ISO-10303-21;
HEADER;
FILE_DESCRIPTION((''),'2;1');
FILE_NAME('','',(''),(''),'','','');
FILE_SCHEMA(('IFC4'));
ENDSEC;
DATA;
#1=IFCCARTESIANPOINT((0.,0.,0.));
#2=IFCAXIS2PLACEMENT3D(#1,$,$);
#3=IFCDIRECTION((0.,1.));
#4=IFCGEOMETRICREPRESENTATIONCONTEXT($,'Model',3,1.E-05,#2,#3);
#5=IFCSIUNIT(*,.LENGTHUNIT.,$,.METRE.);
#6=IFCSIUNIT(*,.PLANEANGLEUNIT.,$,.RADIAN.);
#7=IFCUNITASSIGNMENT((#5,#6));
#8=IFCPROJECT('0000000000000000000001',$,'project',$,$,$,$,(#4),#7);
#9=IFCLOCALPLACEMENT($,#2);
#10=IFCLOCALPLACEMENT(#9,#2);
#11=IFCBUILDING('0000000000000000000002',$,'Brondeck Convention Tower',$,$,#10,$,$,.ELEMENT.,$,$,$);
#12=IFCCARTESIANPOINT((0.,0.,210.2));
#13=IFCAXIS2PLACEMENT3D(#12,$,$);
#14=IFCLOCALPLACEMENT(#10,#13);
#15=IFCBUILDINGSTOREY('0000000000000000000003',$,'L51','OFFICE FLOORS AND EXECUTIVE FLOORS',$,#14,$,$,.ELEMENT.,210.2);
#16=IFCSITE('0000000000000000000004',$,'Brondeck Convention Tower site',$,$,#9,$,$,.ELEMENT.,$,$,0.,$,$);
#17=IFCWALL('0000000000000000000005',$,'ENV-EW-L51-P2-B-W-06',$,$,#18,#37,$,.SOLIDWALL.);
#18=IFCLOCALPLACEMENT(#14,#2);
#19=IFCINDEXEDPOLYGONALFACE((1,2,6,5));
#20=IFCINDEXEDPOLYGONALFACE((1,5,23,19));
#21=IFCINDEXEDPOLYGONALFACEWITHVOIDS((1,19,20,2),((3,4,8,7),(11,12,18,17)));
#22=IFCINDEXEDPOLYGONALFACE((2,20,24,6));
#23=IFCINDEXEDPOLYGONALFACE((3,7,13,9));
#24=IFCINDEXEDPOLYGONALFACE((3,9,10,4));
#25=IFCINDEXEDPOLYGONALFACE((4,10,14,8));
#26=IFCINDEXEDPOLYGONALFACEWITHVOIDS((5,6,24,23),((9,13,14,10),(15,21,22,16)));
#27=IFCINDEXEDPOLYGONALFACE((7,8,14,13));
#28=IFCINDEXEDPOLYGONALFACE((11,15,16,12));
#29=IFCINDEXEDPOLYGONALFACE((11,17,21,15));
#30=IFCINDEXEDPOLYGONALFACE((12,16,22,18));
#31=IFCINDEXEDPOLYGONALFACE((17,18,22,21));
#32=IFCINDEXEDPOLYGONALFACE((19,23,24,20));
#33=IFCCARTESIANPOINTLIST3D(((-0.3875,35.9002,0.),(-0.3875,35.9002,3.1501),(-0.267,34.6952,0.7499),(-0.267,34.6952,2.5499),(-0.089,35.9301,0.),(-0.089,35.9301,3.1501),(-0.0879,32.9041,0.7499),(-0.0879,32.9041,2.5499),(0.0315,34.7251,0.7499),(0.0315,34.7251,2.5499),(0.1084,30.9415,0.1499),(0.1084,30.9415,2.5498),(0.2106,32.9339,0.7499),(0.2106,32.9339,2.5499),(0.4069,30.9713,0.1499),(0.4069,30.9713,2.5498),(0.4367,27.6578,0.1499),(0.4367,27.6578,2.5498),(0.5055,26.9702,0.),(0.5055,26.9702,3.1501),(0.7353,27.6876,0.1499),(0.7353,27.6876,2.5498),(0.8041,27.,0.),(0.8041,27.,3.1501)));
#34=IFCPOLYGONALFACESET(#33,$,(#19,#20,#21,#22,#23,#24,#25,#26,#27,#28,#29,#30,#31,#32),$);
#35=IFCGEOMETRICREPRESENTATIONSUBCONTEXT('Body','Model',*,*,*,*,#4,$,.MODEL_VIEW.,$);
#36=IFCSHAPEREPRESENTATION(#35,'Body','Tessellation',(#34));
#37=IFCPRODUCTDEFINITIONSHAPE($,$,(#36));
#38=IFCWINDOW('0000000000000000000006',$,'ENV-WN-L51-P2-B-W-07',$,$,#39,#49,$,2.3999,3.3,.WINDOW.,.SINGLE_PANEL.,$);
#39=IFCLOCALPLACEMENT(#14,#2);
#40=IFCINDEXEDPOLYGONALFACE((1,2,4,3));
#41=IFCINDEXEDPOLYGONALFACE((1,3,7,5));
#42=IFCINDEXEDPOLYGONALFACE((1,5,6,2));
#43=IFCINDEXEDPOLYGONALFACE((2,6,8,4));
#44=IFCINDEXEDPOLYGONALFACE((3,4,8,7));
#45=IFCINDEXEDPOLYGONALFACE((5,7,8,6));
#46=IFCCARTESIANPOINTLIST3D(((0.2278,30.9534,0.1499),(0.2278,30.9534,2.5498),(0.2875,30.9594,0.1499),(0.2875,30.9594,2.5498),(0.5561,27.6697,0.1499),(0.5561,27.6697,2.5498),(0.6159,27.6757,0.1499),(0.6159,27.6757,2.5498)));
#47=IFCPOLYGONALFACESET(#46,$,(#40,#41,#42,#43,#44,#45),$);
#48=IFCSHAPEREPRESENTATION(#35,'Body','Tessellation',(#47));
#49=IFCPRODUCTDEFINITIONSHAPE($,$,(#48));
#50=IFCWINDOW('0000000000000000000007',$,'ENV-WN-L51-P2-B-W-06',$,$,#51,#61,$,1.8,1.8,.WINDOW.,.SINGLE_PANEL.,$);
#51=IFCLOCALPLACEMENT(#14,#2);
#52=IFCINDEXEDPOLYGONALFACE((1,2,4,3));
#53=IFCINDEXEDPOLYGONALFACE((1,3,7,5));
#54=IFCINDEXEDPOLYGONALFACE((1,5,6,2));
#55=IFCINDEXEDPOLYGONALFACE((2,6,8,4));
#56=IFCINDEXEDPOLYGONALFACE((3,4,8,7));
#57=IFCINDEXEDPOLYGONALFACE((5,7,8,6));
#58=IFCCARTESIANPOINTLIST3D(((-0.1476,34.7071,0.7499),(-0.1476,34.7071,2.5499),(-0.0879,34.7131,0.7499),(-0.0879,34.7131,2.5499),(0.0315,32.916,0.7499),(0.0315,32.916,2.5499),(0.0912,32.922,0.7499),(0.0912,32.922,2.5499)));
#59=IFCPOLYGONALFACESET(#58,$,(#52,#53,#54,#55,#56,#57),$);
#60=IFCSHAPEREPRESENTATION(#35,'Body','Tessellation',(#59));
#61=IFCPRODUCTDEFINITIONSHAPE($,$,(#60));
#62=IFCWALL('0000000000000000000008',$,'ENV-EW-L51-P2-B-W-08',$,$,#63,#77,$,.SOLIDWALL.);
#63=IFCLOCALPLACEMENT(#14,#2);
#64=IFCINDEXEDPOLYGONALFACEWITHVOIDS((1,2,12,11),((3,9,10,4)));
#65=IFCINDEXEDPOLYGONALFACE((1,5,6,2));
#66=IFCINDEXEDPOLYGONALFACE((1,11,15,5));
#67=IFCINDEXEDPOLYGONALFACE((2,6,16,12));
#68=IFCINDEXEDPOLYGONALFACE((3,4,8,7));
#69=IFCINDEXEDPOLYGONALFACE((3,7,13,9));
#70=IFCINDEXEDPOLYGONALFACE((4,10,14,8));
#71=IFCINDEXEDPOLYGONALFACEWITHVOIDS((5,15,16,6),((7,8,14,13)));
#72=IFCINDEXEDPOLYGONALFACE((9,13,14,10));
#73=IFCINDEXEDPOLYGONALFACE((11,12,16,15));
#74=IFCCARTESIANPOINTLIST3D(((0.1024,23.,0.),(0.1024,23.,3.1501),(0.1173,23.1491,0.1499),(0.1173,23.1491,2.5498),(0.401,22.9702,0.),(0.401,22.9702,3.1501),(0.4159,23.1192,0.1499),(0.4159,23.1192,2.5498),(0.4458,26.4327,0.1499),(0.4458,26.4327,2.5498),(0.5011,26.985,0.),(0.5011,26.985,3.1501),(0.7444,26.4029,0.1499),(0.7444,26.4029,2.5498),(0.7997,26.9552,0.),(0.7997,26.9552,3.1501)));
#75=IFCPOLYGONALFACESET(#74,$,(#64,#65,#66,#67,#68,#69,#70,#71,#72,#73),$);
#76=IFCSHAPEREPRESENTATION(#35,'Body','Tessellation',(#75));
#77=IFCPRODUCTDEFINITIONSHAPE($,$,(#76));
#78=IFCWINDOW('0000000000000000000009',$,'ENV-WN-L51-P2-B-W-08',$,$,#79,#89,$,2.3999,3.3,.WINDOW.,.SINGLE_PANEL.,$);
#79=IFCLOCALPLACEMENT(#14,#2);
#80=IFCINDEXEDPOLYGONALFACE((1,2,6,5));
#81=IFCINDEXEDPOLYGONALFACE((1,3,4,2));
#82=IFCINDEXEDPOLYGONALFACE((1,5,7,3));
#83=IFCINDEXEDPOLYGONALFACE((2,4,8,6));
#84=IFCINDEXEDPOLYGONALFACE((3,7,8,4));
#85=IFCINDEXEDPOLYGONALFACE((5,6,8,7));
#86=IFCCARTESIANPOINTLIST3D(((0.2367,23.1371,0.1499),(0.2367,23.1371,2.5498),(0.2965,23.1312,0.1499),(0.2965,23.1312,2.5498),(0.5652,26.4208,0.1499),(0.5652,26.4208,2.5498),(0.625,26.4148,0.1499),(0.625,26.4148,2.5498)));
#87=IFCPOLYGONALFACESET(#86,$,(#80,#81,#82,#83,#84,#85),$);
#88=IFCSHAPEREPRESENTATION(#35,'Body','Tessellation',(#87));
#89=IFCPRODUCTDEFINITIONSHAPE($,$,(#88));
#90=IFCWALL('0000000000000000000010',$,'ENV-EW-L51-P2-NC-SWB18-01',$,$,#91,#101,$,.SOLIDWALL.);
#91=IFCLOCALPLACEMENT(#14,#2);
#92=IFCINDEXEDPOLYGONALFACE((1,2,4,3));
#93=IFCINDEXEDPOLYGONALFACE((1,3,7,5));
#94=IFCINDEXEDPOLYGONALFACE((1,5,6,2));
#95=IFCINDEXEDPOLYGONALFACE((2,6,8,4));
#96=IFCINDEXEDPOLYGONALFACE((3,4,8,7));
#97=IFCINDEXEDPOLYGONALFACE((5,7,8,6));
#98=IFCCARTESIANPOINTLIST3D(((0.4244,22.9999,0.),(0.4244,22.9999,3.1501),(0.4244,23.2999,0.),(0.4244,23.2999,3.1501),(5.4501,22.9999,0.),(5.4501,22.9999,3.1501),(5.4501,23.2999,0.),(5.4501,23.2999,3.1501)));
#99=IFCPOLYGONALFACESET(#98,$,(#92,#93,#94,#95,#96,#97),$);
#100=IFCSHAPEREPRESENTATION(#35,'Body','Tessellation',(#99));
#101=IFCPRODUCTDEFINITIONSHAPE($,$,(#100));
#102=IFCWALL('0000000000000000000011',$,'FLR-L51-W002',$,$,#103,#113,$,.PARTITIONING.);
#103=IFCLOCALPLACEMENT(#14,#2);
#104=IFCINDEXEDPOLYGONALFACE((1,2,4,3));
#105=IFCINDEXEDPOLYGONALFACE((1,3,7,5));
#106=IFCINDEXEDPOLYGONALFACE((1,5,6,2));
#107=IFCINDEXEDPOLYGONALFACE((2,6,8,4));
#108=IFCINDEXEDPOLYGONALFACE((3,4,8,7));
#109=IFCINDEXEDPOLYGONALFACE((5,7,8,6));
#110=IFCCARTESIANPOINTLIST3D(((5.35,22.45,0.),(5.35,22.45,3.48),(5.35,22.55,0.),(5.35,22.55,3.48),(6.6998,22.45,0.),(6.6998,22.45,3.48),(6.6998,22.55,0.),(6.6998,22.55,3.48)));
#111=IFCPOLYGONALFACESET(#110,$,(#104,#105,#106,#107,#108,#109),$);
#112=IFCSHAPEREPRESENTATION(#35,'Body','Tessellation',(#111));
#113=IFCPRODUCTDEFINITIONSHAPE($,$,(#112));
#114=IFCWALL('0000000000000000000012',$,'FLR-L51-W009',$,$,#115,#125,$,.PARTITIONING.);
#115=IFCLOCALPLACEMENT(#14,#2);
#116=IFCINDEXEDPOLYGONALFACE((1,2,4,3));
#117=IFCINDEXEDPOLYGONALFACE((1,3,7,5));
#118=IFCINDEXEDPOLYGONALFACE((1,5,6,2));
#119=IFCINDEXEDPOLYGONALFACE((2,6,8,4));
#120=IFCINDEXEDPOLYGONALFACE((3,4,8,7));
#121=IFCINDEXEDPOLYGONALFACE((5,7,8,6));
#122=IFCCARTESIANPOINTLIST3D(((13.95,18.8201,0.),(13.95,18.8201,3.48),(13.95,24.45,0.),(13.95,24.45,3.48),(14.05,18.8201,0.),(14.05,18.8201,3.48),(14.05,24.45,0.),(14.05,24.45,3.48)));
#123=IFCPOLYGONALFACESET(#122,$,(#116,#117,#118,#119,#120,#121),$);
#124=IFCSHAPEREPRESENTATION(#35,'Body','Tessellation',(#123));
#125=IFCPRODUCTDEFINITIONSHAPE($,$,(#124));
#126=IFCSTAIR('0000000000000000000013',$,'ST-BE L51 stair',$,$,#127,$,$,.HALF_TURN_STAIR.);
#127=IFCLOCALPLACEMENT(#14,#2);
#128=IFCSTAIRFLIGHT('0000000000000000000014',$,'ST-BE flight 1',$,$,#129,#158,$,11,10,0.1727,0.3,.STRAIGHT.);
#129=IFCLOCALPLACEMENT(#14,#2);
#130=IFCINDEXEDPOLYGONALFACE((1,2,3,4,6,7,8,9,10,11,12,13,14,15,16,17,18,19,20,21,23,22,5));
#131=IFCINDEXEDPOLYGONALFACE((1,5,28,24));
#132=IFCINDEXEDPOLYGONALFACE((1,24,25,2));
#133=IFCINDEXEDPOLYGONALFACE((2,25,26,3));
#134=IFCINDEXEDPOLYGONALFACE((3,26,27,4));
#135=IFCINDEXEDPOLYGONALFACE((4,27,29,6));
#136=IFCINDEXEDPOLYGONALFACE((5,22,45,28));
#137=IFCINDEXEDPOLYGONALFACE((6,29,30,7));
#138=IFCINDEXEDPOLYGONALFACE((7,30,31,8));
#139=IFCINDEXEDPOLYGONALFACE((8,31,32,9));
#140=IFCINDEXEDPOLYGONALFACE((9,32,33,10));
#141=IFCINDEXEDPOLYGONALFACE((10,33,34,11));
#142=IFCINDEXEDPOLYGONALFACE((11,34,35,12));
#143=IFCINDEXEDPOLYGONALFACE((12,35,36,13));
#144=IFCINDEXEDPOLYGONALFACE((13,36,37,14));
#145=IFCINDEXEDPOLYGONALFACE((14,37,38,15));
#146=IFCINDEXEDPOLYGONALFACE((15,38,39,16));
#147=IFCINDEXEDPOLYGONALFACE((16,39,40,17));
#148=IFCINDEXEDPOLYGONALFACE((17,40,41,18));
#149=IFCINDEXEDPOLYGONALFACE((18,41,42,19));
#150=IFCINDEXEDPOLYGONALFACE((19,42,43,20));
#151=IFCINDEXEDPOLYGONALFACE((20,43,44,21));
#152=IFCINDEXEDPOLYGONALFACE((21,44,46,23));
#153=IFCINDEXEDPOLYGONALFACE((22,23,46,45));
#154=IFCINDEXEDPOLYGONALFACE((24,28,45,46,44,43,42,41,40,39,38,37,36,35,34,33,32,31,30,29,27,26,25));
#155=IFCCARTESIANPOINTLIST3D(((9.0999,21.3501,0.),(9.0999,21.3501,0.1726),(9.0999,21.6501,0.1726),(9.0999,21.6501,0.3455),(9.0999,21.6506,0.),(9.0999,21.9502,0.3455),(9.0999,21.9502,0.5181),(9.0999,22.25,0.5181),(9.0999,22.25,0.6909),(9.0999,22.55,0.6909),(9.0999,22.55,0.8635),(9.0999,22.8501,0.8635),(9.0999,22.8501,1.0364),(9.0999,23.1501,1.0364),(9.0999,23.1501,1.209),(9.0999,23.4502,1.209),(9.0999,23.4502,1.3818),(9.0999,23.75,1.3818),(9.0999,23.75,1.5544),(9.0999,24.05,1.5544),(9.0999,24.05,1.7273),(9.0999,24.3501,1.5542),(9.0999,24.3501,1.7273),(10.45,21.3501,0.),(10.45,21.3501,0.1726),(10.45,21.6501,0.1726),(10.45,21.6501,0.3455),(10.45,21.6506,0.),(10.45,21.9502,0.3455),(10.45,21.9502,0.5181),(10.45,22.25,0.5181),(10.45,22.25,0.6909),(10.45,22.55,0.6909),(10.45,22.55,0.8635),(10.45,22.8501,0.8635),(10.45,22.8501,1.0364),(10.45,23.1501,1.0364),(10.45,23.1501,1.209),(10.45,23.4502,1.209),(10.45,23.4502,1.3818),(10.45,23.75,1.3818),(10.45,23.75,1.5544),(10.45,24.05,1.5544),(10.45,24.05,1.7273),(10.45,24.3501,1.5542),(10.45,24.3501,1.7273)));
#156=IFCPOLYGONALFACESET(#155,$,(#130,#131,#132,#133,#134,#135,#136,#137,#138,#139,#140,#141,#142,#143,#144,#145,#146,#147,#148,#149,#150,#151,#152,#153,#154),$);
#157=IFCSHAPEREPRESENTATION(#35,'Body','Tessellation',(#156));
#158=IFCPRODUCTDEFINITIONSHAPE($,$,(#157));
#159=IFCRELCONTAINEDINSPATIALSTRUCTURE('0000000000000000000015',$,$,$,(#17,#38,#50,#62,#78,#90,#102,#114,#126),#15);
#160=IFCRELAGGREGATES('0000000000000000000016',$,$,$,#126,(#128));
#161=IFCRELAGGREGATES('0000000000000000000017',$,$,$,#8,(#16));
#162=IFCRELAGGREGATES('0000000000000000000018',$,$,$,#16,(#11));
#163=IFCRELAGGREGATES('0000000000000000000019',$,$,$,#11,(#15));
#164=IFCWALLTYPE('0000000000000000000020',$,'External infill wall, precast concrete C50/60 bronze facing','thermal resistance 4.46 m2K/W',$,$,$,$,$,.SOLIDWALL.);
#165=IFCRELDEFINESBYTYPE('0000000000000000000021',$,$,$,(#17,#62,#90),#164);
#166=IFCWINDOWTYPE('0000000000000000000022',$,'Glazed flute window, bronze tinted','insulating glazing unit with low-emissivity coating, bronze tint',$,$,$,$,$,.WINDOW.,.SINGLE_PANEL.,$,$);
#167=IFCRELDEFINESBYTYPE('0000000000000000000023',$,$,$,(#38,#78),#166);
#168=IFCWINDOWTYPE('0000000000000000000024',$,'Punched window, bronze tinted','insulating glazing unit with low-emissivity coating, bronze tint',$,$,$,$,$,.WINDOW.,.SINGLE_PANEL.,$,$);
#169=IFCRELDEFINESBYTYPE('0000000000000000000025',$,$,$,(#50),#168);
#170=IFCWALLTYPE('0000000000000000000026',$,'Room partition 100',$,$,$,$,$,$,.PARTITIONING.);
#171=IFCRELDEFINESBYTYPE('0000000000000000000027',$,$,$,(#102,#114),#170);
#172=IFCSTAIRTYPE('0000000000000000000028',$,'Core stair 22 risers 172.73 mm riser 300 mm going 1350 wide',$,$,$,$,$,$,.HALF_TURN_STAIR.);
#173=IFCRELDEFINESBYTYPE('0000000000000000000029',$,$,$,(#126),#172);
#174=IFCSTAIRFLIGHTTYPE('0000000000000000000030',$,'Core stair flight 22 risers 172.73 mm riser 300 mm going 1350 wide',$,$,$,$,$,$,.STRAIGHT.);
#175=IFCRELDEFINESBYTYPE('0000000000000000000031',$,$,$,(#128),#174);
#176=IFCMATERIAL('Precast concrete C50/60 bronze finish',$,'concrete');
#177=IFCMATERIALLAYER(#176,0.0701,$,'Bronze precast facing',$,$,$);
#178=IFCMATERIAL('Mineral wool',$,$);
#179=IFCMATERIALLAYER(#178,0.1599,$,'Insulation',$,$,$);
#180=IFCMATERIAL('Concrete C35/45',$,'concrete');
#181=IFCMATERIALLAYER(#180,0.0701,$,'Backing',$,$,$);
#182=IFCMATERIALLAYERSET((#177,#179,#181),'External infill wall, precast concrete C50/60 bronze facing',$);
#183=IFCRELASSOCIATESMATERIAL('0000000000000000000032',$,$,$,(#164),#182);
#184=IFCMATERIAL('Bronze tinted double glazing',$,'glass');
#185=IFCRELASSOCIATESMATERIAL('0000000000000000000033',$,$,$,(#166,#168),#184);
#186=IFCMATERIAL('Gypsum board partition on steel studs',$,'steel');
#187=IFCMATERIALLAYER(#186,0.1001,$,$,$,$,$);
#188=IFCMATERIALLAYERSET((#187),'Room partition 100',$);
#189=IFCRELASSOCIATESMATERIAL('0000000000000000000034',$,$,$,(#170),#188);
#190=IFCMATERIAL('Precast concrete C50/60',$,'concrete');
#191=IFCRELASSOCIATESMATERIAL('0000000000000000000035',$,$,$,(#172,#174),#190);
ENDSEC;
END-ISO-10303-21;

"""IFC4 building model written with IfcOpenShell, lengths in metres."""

from ifc_helpers import new_model, si_unit, direction, frame, frame_2d, origin, place, context, subcontext, project, spatial, polyline, rectangle, outline, extrude, material, layer, layer_set, type_object, element, fill, aggregate, save


model = new_model("IFC4")

# Units and contexts
model_context = context("Model", 3, precision=1e-05, world=origin(), true_north=direction((0.0, 1.0)))
body_context = subcontext(model_context, "Body", "Model", "MODEL_VIEW")
ifc_project = project(units=[si_unit("LENGTHUNIT", "METRE"), si_unit("PLANEANGLEUNIT", "RADIAN")], contexts=[model_context])

# Site, building, storey
site_placement = place(None, origin())
site = spatial("IfcSite", under=ifc_project, at=site_placement, Name="Brondeck Convention Tower site", CompositionType="ELEMENT", RefElevation=0.0)
building_placement = place(site_placement, origin())
building = spatial("IfcBuilding", under=site, at=building_placement, Name="Brondeck Convention Tower", CompositionType="ELEMENT")
storey_placement = place(building_placement, frame((0.0, 0.0, 210.2)))
storey = spatial("IfcBuildingStorey", under=building, at=storey_placement, Name="L51", Description="OFFICE FLOORS AND EXECUTIVE FLOORS", CompositionType="ELEMENT", Elevation=210.2)

# Wall, openings, windows
ifc_material_1 = material(Name="Precast concrete C50/60 bronze finish", Category="concrete")
ifc_layer_1 = layer(ifc_material_1, 0.0701, Name="Bronze precast facing")
ifc_material_2 = material(Name="Mineral wool")
ifc_layer_2 = layer(ifc_material_2, 0.1599, Name="Insulation")
ifc_material_3 = material(Name="Concrete C35/45", Category="concrete")
ifc_layer_3 = layer(ifc_material_3, 0.0701, Name="Backing")
ifc_layer_set_1 = layer_set([ifc_layer_1, ifc_layer_2, ifc_layer_3], Name="External infill wall, precast concrete C50/60 bronze facing")
wall_type_1 = type_object("IfcWallType", Name="External infill wall, precast concrete C50/60 bronze facing", Description="thermal resistance 4.46 m2K/W", PredefinedType="SOLIDWALL", material=ifc_layer_set_1)
wall_1_placement = place(storey_placement, frame((0.6548, 26.9851, 0.0), z_axis=(0.0, 0.0, 1.0), x_axis=(-0.099509, 0.995037, 0.0)))
wall_1 = element("IfcWall", 1, at=wall_1_placement, inside=storey, type_object=wall_type_1, Name="ENV-EW-L51-P2-B-W-06", PredefinedType="SOLIDWALL", context=body_context, shape_type="SweptSolid", body=[
    extrude(rectangle(XDim=8.9746, YDim=0.3, at=frame_2d((4.4873, 0.0))), origin(), (0.0, 0.0, 1.0), 3.1501),
])
opening_1_placement = place(wall_1_placement, frame((0.6912, 0.0, 0.1499)))
opening_1 = element("IfcOpeningElement", 2, at=opening_1_placement, cuts=wall_1, PredefinedType="OPENING", context=body_context, shape_type="SweptSolid", body=[
    extrude(rectangle(XDim=3.3, YDim=2.3999, at=frame_2d((1.6499, 1.2))), frame((0.0, 0.1599, 0.0), z_axis=(0.0, -1.0, 0.0), x_axis=(1.0, 0.0, 0.0)), (0.0, 0.0, 1.0), 0.3201),
])
opening_2_placement = place(wall_1_placement, frame((5.9636, 0.0, 0.75)))
opening_2 = element("IfcOpeningElement", 3, at=opening_2_placement, cuts=wall_1, PredefinedType="OPENING", context=body_context, shape_type="SweptSolid", body=[
    extrude(rectangle(XDim=1.8, YDim=1.8, at=frame_2d((0.8999, 0.8999))), frame((0.0, 0.1599, 0.0), z_axis=(0.0, -1.0, 0.0), x_axis=(1.0, 0.0, 0.0)), (0.0, 0.0, 1.0), 0.3201),
])
ifc_material_4 = material(Name="Bronze tinted double glazing", Category="glass")
window_type_1 = type_object("IfcWindowType", Name="Glazed flute window, bronze tinted", Description="insulating glazing unit with low-emissivity coating, bronze tint", PartitioningType="SINGLE_PANEL", PredefinedType="WINDOW", material=ifc_material_4)
window_1_placement = place(opening_1_placement, origin())
window_1 = element("IfcWindow", 4, at=window_1_placement, inside=storey, type_object=window_type_1, Name="ENV-WN-L51-P2-B-W-07", OverallHeight=2.3999, OverallWidth=3.3, PartitioningType="SINGLE_PANEL", PredefinedType="WINDOW", context=body_context, shape_type="SweptSolid", body=[
    extrude(rectangle(XDim=3.3, YDim=2.3999, at=frame_2d((1.6499, 1.2))), frame((0.0, 0.03, 0.0), z_axis=(0.0, -1.0, 0.0), x_axis=(1.0, 0.0, 0.0)), (0.0, 0.0, 1.0), 0.0601),
])
fill(opening_1, window_1)
window_type_2 = type_object("IfcWindowType", Name="Punched window, bronze tinted", Description="insulating glazing unit with low-emissivity coating, bronze tint", PartitioningType="SINGLE_PANEL", PredefinedType="WINDOW", material=ifc_material_4)
window_2_placement = place(opening_2_placement, origin())
window_2 = element("IfcWindow", 5, at=window_2_placement, inside=storey, type_object=window_type_2, Name="ENV-WN-L51-P2-B-W-06", OverallHeight=1.8, OverallWidth=1.8, PartitioningType="SINGLE_PANEL", PredefinedType="WINDOW", context=body_context, shape_type="SweptSolid", body=[
    extrude(rectangle(XDim=1.8, YDim=1.8, at=frame_2d((0.8999, 0.8999))), frame((0.0, 0.03, 0.0), z_axis=(0.0, -1.0, 0.0), x_axis=(1.0, 0.0, 0.0)), (0.0, 0.0, 1.0), 0.0601),
])
fill(opening_2, window_2)

# Wall, opening, window
wall_2_placement = place(storey_placement, frame((0.2517, 22.9851, 0.0), z_axis=(0.0, 0.0, 1.0), x_axis=(0.099546, 0.995033, 0.0)))
wall_2 = element("IfcWall", 6, at=wall_2_placement, inside=storey, type_object=wall_type_1, Name="ENV-EW-L51-P2-B-W-08", PredefinedType="SOLIDWALL", context=body_context, shape_type="SweptSolid", body=[
    extrude(rectangle(XDim=4.0049, YDim=0.3, at=frame_2d((2.0024, 0.0))), origin(), (0.0, 0.0, 1.0), 3.1501),
])
opening_3_placement = place(wall_2_placement, frame((0.1499, 0.0, 0.1499)))
opening_3 = element("IfcOpeningElement", 7, at=opening_3_placement, cuts=wall_2, PredefinedType="OPENING", context=body_context, shape_type="SweptSolid", body=[
    extrude(rectangle(XDim=3.3, YDim=2.3999, at=frame_2d((1.6499, 1.2))), frame((0.0, 0.1599, 0.0), z_axis=(0.0, -1.0, 0.0), x_axis=(1.0, 0.0, 0.0)), (0.0, 0.0, 1.0), 0.3201),
])
window_3_placement = place(opening_3_placement, origin())
window_3 = element("IfcWindow", 8, at=window_3_placement, inside=storey, type_object=window_type_1, Name="ENV-WN-L51-P2-B-W-08", OverallHeight=2.3999, OverallWidth=3.3, PartitioningType="SINGLE_PANEL", PredefinedType="WINDOW", context=body_context, shape_type="SweptSolid", body=[
    extrude(rectangle(XDim=3.3, YDim=2.3999, at=frame_2d((1.6499, 1.2))), frame((0.0, 0.03, 0.0), z_axis=(0.0, -1.0, 0.0), x_axis=(1.0, 0.0, 0.0)), (0.0, 0.0, 1.0), 0.0601),
])
fill(opening_3, window_3)

# Walls
wall_3_placement = place(storey_placement, frame((5.45, 23.1499, 0.0), z_axis=(0.0, 0.0, 1.0), x_axis=(-1.0, 0.0, 0.0)))
element("IfcWall", 9, at=wall_3_placement, inside=storey, type_object=wall_type_1, Name="ENV-EW-L51-P2-NC-SWB18-01", PredefinedType="SOLIDWALL", context=body_context, shape_type="SweptSolid", body=[
    extrude(rectangle(XDim=5.0256, YDim=0.3, at=frame_2d((2.5127, 0.0))), origin(), (0.0, 0.0, 1.0), 3.1501),
])
ifc_material_5 = material(Name="Gypsum board partition on steel studs", Category="steel")
ifc_layer_4 = layer(ifc_material_5, 0.1001)
ifc_layer_set_2 = layer_set([ifc_layer_4], Name="Room partition 100")
wall_type_2 = type_object("IfcWallType", Name="Room partition 100", PredefinedType="PARTITIONING", material=ifc_layer_set_2)
wall_4_placement = place(storey_placement, frame((5.3501, 22.5, 0.0), z_axis=(0.0, 0.0, 1.0), x_axis=(1.0, 0.0, 0.0)))
element("IfcWall", 10, at=wall_4_placement, inside=storey, type_object=wall_type_2, Name="FLR-L51-W002", PredefinedType="PARTITIONING", context=body_context, shape_type="SweptSolid", body=[
    extrude(rectangle(XDim=1.3499, YDim=0.1001, at=frame_2d((0.6748, 0.0))), origin(), (0.0, 0.0, 1.0), 3.48),
])
wall_5_placement = place(storey_placement, frame((14.0, 24.45, 0.0), z_axis=(0.0, 0.0, 1.0), x_axis=(0.0, -1.0, 0.0)))
element("IfcWall", 11, at=wall_5_placement, inside=storey, type_object=wall_type_2, Name="FLR-L51-W009", PredefinedType="PARTITIONING", context=body_context, shape_type="SweptSolid", body=[
    extrude(rectangle(XDim=5.6299, YDim=0.1001, at=frame_2d((2.8149, 0.0))), origin(), (0.0, 0.0, 1.0), 3.48),
])

# Stair, stair flight
ifc_material_6 = material(Name="Precast concrete C50/60", Category="concrete")
stair_type = type_object("IfcStairType", Name="Core stair 22 risers 172.73 mm riser 300 mm going 1350 wide", PredefinedType="HALF_TURN_STAIR", material=ifc_material_6)
stair_placement = place(storey_placement, origin())
stair = element("IfcStair", 12, at=stair_placement, inside=storey, type_object=stair_type, Name="ST-BE L51 stair", PredefinedType="HALF_TURN_STAIR")
stair_flight_type = type_object("IfcStairFlightType", Name="Core stair flight 22 risers 172.73 mm riser 300 mm going 1350 wide", PredefinedType="STRAIGHT", material=ifc_material_6)
stair_flight_1_placement = place(storey_placement, frame((9.7749, 21.3501, 0.0), z_axis=(0.0, 0.0, 1.0), x_axis=(0.0, 1.0, 0.0)))
stair_flight_1 = element("IfcStairFlight", 13, at=stair_flight_1_placement, type_object=stair_flight_type, Name="ST-BE flight 1", NumberOfRisers=11, NumberOfTreads=10, PredefinedType="STRAIGHT", RiserHeight=0.1727, TreadLength=0.3, context=body_context, shape_type="SweptSolid", body=[
    extrude(outline(polyline([(0.0, 0.0), (0.0, 0.1726), (0.3, 0.1726), (0.3, 0.3455), (0.6001, 0.3455), (0.6001, 0.5181), (0.8999, 0.5181), (0.8999, 0.6909), (1.2, 0.6909), (1.2, 0.8635), (1.5, 0.8635), (1.5, 1.0364), (1.8, 1.0364), (1.8, 1.209), (2.1001, 1.209), (2.1001, 1.3818), (2.3999, 1.3818), (2.3999, 1.5544), (2.7, 1.5544), (2.7, 1.7273), (3.0, 1.7273), (3.0, 1.8999), (3.0, 1.5542), (0.3005, 0.0), (0.0, 0.0)])), frame((0.0, 0.675, 0.0), z_axis=(0.0, -1.0, 0.0), x_axis=(1.0, 0.0, 0.0)), (0.0, 0.0, 1.0), 1.3501),
])
aggregate(stair, [stair_flight_1])

save(model, "model.ifc")
